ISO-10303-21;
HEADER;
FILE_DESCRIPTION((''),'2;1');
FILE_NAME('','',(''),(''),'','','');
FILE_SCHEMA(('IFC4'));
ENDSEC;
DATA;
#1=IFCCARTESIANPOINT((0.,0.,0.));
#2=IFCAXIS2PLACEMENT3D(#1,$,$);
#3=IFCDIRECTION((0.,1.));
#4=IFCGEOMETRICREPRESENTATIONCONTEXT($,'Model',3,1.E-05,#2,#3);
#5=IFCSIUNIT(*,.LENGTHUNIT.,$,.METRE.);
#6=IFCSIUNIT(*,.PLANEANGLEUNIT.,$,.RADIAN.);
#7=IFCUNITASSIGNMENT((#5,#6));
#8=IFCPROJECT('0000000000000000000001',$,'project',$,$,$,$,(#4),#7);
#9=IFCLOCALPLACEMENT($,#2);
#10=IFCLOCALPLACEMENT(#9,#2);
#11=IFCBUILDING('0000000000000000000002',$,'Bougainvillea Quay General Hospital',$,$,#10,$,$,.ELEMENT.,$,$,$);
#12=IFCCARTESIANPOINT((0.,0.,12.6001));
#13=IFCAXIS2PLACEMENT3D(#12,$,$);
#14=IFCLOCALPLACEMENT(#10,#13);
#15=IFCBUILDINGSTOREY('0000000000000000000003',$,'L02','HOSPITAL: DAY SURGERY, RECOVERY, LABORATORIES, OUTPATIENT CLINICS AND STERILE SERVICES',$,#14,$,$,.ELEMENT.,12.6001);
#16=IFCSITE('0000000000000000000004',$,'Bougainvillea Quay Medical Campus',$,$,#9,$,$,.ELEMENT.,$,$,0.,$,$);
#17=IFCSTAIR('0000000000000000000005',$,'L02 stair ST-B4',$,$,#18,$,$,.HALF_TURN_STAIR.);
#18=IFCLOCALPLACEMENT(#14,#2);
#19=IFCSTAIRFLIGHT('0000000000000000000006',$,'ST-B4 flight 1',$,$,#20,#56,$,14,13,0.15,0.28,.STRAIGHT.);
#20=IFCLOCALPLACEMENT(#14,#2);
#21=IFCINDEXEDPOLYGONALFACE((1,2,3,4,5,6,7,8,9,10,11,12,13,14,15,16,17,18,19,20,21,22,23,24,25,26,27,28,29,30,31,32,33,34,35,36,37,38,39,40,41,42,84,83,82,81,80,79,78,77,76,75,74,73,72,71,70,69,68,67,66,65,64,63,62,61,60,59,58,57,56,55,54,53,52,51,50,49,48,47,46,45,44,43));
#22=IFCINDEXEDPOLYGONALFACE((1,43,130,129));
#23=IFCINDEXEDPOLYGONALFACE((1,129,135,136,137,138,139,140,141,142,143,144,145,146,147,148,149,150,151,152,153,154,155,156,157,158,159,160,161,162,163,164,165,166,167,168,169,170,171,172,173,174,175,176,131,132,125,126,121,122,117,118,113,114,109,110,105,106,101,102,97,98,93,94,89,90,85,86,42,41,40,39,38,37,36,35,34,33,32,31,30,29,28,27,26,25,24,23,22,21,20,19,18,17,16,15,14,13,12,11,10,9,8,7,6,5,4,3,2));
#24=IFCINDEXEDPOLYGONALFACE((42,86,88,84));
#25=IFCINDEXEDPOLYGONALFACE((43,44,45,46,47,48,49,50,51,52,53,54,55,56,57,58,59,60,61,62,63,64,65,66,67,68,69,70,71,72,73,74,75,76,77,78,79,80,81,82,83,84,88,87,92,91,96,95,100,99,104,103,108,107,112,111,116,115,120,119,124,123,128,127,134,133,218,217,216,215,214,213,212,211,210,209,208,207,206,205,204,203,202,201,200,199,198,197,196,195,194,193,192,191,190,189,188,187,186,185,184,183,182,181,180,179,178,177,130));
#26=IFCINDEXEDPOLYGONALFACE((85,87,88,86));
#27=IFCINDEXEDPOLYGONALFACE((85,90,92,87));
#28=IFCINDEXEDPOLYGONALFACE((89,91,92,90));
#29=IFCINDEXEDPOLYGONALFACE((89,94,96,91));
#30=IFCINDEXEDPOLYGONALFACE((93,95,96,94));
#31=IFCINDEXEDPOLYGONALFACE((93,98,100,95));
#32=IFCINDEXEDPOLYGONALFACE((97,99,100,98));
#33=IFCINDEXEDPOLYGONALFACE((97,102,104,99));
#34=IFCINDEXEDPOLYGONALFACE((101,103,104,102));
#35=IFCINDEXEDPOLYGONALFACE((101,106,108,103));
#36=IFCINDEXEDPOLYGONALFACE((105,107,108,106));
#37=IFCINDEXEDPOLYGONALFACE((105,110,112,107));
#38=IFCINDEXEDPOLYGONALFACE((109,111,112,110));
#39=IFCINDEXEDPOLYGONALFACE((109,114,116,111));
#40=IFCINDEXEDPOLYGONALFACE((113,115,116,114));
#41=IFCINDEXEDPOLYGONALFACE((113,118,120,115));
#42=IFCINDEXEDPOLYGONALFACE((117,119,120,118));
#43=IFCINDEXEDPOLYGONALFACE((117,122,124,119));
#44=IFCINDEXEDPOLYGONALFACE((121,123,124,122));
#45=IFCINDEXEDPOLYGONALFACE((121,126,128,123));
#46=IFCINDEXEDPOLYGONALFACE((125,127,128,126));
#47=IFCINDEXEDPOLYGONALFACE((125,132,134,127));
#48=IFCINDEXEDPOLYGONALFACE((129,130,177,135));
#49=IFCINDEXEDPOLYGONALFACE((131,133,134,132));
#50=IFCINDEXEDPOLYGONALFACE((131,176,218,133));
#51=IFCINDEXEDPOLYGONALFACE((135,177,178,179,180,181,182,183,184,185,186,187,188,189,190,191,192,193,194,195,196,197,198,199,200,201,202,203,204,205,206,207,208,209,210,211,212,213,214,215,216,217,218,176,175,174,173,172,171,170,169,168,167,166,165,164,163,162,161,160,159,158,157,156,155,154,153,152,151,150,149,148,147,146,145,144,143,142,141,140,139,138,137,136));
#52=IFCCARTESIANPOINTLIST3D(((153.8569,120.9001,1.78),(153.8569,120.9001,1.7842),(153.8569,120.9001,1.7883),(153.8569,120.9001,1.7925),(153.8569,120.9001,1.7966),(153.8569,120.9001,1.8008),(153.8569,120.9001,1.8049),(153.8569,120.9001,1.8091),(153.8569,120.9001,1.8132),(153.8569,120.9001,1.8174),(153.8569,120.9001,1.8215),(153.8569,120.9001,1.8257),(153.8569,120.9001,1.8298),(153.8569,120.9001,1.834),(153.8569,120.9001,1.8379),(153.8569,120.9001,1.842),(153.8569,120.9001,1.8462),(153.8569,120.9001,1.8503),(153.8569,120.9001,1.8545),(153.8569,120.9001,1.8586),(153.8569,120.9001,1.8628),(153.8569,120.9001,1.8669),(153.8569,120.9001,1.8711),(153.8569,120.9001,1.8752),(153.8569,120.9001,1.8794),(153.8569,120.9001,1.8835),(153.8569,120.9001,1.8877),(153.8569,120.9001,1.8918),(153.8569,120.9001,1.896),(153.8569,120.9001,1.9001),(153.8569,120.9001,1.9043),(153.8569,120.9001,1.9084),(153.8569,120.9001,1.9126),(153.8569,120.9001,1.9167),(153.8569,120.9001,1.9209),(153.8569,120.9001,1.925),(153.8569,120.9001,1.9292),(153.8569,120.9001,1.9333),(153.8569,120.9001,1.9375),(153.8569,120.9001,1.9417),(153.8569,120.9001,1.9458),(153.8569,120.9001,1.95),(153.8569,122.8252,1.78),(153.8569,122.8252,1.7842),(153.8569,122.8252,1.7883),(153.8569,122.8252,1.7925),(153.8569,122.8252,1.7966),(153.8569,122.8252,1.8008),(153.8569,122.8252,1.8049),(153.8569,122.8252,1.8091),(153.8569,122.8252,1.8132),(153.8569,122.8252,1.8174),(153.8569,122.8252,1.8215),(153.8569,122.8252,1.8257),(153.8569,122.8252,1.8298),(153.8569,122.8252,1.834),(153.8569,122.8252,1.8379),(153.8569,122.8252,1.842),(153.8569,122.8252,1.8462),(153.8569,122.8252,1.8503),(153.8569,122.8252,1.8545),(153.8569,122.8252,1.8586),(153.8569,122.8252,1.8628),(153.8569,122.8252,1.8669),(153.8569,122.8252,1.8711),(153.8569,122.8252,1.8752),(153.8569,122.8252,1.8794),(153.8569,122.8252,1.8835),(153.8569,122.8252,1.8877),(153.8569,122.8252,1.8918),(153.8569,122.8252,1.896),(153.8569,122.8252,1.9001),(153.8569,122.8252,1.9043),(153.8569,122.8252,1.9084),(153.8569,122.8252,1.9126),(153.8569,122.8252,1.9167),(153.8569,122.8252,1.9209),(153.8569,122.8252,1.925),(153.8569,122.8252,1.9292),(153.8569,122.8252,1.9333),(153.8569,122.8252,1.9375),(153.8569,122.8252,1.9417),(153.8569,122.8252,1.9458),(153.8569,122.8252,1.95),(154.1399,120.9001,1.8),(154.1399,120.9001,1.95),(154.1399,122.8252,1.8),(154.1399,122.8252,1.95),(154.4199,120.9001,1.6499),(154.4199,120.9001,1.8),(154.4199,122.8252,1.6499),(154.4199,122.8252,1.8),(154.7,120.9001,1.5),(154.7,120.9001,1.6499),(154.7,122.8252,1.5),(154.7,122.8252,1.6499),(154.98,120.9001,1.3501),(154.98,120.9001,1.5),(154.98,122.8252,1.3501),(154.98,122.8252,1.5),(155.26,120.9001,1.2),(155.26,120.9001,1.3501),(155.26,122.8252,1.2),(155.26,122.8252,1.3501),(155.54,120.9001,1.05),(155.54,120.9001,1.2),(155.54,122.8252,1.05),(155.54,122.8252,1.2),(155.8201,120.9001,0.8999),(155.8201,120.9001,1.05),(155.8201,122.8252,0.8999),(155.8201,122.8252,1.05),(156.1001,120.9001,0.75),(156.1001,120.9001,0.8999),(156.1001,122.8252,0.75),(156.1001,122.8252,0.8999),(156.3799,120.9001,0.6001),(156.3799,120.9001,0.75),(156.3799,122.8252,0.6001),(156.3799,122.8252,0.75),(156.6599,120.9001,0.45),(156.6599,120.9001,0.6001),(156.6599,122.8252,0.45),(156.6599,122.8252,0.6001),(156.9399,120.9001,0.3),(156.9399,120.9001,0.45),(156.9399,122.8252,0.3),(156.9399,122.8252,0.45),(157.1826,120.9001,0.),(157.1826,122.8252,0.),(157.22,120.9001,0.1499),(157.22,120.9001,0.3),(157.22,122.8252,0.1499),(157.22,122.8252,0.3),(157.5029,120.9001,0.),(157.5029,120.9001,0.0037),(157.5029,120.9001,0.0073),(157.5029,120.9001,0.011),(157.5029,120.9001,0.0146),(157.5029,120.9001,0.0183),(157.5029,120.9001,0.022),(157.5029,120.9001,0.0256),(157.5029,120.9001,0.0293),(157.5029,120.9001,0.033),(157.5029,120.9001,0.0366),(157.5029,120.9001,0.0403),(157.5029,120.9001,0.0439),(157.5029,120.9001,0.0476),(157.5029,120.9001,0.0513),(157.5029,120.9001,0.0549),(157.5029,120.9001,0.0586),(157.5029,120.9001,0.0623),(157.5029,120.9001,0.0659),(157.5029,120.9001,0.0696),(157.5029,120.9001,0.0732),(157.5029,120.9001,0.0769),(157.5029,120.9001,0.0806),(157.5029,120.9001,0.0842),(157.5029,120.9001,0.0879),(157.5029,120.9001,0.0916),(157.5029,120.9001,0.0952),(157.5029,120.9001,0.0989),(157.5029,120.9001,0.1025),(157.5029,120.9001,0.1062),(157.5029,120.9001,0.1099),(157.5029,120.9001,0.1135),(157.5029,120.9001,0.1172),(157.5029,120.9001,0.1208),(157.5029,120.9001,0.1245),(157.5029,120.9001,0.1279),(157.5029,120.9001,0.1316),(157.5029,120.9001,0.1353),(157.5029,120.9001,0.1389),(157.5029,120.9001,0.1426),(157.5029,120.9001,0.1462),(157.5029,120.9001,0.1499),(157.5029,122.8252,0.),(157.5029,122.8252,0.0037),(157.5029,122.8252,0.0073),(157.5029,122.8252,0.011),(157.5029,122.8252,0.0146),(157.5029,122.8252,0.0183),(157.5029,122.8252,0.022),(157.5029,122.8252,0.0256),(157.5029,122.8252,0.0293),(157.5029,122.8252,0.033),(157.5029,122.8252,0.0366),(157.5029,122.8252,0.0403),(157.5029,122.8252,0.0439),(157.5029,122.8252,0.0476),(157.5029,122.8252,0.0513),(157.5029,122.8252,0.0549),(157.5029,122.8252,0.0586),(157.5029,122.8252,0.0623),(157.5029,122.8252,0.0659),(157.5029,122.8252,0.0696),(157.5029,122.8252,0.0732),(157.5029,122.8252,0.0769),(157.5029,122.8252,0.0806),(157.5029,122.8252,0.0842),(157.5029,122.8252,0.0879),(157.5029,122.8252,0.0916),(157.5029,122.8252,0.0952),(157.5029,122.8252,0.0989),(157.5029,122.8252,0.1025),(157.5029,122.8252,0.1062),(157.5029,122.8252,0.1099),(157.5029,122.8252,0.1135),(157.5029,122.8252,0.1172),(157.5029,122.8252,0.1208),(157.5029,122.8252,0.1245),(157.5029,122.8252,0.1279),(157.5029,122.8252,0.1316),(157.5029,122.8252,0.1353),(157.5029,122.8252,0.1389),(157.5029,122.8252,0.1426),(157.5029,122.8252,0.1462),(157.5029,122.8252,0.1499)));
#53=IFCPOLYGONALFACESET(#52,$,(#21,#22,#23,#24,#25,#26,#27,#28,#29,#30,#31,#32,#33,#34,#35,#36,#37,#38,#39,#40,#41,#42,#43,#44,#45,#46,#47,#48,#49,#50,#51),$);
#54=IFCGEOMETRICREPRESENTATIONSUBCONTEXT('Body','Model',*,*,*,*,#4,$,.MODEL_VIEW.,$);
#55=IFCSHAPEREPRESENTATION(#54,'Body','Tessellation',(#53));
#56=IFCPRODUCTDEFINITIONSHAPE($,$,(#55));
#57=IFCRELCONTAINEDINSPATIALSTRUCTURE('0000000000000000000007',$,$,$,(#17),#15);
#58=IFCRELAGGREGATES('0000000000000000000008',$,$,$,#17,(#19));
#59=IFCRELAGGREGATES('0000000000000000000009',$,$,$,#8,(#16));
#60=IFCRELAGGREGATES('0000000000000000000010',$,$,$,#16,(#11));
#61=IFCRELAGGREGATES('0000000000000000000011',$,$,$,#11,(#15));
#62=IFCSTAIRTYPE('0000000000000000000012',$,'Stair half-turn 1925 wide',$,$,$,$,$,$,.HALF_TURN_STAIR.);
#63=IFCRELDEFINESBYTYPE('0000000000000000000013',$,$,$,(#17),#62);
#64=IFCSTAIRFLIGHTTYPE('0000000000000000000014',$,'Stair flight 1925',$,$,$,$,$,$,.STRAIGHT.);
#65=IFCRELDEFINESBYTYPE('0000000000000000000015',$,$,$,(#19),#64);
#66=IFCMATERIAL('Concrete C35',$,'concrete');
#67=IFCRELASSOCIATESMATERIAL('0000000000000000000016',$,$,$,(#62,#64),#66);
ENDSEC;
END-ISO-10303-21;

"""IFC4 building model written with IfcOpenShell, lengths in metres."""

from ifc_helpers import new_model, si_unit, direction, frame, origin, place, context, subcontext, project, spatial, polyline, outline, extrude, material, type_object, element, aggregate, save


model = new_model("IFC4")

# Units and contexts
model_context = context("Model", 3, precision=1e-05, world=origin(), true_north=direction((0.0, 1.0)))
body_context = subcontext(model_context, "Body", "Model", "MODEL_VIEW")
ifc_project = project(units=[si_unit("LENGTHUNIT", "METRE"), si_unit("PLANEANGLEUNIT", "RADIAN")], contexts=[model_context])

# Site, building, storey
site_placement = place(None, origin())
site = spatial("IfcSite", under=ifc_project, at=site_placement, Name="Bougainvillea Quay Medical Campus", CompositionType="ELEMENT", RefElevation=0.0)
building_placement = place(site_placement, origin())
building = spatial("IfcBuilding", under=site, at=building_placement, Name="Bougainvillea Quay General Hospital", CompositionType="ELEMENT")
storey_placement = place(building_placement, frame((0.0, 0.0, 12.6001)))
storey = spatial("IfcBuildingStorey", under=building, at=storey_placement, Name="L02", Description="HOSPITAL: DAY SURGERY, RECOVERY, LABORATORIES, OUTPATIENT CLINICS AND STERILE SERVICES", CompositionType="ELEMENT", Elevation=12.6001)

# Stair, stair flight
ifc_material_1 = material(Name="Concrete C35", Category="concrete")
stair_type = type_object("IfcStairType", Name="Stair half-turn 1925 wide", PredefinedType="HALF_TURN_STAIR", material=ifc_material_1)
stair_placement = place(storey_placement, origin())
stair = element("IfcStair", 1, at=stair_placement, inside=storey, type_object=stair_type, Name="L02 stair ST-B4", PredefinedType="HALF_TURN_STAIR")
stair_flight_type = type_object("IfcStairFlightType", Name="Stair flight 1925", PredefinedType="STRAIGHT", material=ifc_material_1)
stair_flight_1_placement = place(storey_placement, frame((157.5, 121.8625, 0.0), z_axis=(0.0, 0.0, 1.0), x_axis=(-1.0, 0.0, 0.0)))
stair_flight_1 = element("IfcStairFlight", 2, at=stair_flight_1_placement, type_object=stair_flight_type, Name="ST-B4 flight 1", NumberOfRisers=14, NumberOfTreads=13, PredefinedType="STRAIGHT", RiserHeight=0.15, TreadLength=0.28, context=body_context, shape_type="SweptSolid", body=[
    extrude(outline(polyline([(-0.0029, 0.0), (-0.0029, 0.0037), (-0.0029, 0.0073), (-0.0029, 0.011), (-0.0029, 0.0146), (-0.0029, 0.0183), (-0.0029, 0.022), (-0.0029, 0.0256), (-0.0029, 0.0293), (-0.0029, 0.033), (-0.0029, 0.0366), (-0.0029, 0.0403), (-0.0029, 0.0439), (-0.0029, 0.0476), (-0.0029, 0.0513), (-0.0029, 0.0549), (-0.0029, 0.0586), (-0.0029, 0.0623), (-0.0029, 0.0659), (-0.0029, 0.0696), (-0.0029, 0.0732), (-0.0029, 0.0769), (-0.0029, 0.0806), (-0.0029, 0.0842), (-0.0029, 0.0879), (-0.0029, 0.0916), (-0.0029, 0.0952), (-0.0029, 0.0989), (-0.0029, 0.1025), (-0.0029, 0.1062), (-0.0029, 0.1099), (-0.0029, 0.1135), (-0.0029, 0.1172), (-0.0029, 0.1208), (-0.0029, 0.1245), (-0.0029, 0.1279), (-0.0029, 0.1316), (-0.0029, 0.1353), (-0.0029, 0.1389), (-0.0029, 0.1426), (-0.0029, 0.1462), (-0.0029, 0.1499), (0.28, 0.1499), (0.28, 0.3), (0.5601, 0.3), (0.5601, 0.45), (0.8401, 0.45), (0.8401, 0.6001), (1.1201, 0.6001), (1.1201, 0.75), (1.3999, 0.75), (1.3999, 0.8999), (1.6799, 0.8999), (1.6799, 1.05), (1.96, 1.05), (1.96, 1.2), (2.24, 1.2), (2.24, 1.3501), (2.52, 1.3501), (2.52, 1.5), (2.8, 1.5), (2.8, 1.6499), (3.0801, 1.6499), (3.0801, 1.8), (3.3601, 1.8), (3.3601, 1.95), (3.6431, 1.95), (3.6431, 1.9458), (3.6431, 1.9417), (3.6431, 1.9375), (3.6431, 1.9333), (3.6431, 1.9292), (3.6431, 1.925), (3.6431, 1.9209), (3.6431, 1.9167), (3.6431, 1.9126), (3.6431, 1.9084), (3.6431, 1.9043), (3.6431, 1.9001), (3.6431, 1.896), (3.6431, 1.8918), (3.6431, 1.8877), (3.6431, 1.8835), (3.6431, 1.8794), (3.6431, 1.8752), (3.6431, 1.8711), (3.6431, 1.8669), (3.6431, 1.8628), (3.6431, 1.8586), (3.6431, 1.8545), (3.6431, 1.8503), (3.6431, 1.8462), (3.6431, 1.842), (3.6431, 1.8379), (3.6431, 1.834), (3.6431, 1.8298), (3.6431, 1.8257), (3.6431, 1.8215), (3.6431, 1.8174), (3.6431, 1.8132), (3.6431, 1.8091), (3.6431, 1.8049), (3.6431, 1.8008), (3.6431, 1.7966), (3.6431, 1.7925), (3.6431, 1.7883), (3.6431, 1.7842), (3.6431, 1.78), (0.3174, 0.0), (-0.0029, 0.0)])), frame((0.0, 0.9624, 0.0), z_axis=(0.0, -1.0, 0.0), x_axis=(1.0, 0.0, 0.0)), (0.0, 0.0, 1.0), 1.925),
])
aggregate(stair, [stair_flight_1])

save(model, "model.ifc")
